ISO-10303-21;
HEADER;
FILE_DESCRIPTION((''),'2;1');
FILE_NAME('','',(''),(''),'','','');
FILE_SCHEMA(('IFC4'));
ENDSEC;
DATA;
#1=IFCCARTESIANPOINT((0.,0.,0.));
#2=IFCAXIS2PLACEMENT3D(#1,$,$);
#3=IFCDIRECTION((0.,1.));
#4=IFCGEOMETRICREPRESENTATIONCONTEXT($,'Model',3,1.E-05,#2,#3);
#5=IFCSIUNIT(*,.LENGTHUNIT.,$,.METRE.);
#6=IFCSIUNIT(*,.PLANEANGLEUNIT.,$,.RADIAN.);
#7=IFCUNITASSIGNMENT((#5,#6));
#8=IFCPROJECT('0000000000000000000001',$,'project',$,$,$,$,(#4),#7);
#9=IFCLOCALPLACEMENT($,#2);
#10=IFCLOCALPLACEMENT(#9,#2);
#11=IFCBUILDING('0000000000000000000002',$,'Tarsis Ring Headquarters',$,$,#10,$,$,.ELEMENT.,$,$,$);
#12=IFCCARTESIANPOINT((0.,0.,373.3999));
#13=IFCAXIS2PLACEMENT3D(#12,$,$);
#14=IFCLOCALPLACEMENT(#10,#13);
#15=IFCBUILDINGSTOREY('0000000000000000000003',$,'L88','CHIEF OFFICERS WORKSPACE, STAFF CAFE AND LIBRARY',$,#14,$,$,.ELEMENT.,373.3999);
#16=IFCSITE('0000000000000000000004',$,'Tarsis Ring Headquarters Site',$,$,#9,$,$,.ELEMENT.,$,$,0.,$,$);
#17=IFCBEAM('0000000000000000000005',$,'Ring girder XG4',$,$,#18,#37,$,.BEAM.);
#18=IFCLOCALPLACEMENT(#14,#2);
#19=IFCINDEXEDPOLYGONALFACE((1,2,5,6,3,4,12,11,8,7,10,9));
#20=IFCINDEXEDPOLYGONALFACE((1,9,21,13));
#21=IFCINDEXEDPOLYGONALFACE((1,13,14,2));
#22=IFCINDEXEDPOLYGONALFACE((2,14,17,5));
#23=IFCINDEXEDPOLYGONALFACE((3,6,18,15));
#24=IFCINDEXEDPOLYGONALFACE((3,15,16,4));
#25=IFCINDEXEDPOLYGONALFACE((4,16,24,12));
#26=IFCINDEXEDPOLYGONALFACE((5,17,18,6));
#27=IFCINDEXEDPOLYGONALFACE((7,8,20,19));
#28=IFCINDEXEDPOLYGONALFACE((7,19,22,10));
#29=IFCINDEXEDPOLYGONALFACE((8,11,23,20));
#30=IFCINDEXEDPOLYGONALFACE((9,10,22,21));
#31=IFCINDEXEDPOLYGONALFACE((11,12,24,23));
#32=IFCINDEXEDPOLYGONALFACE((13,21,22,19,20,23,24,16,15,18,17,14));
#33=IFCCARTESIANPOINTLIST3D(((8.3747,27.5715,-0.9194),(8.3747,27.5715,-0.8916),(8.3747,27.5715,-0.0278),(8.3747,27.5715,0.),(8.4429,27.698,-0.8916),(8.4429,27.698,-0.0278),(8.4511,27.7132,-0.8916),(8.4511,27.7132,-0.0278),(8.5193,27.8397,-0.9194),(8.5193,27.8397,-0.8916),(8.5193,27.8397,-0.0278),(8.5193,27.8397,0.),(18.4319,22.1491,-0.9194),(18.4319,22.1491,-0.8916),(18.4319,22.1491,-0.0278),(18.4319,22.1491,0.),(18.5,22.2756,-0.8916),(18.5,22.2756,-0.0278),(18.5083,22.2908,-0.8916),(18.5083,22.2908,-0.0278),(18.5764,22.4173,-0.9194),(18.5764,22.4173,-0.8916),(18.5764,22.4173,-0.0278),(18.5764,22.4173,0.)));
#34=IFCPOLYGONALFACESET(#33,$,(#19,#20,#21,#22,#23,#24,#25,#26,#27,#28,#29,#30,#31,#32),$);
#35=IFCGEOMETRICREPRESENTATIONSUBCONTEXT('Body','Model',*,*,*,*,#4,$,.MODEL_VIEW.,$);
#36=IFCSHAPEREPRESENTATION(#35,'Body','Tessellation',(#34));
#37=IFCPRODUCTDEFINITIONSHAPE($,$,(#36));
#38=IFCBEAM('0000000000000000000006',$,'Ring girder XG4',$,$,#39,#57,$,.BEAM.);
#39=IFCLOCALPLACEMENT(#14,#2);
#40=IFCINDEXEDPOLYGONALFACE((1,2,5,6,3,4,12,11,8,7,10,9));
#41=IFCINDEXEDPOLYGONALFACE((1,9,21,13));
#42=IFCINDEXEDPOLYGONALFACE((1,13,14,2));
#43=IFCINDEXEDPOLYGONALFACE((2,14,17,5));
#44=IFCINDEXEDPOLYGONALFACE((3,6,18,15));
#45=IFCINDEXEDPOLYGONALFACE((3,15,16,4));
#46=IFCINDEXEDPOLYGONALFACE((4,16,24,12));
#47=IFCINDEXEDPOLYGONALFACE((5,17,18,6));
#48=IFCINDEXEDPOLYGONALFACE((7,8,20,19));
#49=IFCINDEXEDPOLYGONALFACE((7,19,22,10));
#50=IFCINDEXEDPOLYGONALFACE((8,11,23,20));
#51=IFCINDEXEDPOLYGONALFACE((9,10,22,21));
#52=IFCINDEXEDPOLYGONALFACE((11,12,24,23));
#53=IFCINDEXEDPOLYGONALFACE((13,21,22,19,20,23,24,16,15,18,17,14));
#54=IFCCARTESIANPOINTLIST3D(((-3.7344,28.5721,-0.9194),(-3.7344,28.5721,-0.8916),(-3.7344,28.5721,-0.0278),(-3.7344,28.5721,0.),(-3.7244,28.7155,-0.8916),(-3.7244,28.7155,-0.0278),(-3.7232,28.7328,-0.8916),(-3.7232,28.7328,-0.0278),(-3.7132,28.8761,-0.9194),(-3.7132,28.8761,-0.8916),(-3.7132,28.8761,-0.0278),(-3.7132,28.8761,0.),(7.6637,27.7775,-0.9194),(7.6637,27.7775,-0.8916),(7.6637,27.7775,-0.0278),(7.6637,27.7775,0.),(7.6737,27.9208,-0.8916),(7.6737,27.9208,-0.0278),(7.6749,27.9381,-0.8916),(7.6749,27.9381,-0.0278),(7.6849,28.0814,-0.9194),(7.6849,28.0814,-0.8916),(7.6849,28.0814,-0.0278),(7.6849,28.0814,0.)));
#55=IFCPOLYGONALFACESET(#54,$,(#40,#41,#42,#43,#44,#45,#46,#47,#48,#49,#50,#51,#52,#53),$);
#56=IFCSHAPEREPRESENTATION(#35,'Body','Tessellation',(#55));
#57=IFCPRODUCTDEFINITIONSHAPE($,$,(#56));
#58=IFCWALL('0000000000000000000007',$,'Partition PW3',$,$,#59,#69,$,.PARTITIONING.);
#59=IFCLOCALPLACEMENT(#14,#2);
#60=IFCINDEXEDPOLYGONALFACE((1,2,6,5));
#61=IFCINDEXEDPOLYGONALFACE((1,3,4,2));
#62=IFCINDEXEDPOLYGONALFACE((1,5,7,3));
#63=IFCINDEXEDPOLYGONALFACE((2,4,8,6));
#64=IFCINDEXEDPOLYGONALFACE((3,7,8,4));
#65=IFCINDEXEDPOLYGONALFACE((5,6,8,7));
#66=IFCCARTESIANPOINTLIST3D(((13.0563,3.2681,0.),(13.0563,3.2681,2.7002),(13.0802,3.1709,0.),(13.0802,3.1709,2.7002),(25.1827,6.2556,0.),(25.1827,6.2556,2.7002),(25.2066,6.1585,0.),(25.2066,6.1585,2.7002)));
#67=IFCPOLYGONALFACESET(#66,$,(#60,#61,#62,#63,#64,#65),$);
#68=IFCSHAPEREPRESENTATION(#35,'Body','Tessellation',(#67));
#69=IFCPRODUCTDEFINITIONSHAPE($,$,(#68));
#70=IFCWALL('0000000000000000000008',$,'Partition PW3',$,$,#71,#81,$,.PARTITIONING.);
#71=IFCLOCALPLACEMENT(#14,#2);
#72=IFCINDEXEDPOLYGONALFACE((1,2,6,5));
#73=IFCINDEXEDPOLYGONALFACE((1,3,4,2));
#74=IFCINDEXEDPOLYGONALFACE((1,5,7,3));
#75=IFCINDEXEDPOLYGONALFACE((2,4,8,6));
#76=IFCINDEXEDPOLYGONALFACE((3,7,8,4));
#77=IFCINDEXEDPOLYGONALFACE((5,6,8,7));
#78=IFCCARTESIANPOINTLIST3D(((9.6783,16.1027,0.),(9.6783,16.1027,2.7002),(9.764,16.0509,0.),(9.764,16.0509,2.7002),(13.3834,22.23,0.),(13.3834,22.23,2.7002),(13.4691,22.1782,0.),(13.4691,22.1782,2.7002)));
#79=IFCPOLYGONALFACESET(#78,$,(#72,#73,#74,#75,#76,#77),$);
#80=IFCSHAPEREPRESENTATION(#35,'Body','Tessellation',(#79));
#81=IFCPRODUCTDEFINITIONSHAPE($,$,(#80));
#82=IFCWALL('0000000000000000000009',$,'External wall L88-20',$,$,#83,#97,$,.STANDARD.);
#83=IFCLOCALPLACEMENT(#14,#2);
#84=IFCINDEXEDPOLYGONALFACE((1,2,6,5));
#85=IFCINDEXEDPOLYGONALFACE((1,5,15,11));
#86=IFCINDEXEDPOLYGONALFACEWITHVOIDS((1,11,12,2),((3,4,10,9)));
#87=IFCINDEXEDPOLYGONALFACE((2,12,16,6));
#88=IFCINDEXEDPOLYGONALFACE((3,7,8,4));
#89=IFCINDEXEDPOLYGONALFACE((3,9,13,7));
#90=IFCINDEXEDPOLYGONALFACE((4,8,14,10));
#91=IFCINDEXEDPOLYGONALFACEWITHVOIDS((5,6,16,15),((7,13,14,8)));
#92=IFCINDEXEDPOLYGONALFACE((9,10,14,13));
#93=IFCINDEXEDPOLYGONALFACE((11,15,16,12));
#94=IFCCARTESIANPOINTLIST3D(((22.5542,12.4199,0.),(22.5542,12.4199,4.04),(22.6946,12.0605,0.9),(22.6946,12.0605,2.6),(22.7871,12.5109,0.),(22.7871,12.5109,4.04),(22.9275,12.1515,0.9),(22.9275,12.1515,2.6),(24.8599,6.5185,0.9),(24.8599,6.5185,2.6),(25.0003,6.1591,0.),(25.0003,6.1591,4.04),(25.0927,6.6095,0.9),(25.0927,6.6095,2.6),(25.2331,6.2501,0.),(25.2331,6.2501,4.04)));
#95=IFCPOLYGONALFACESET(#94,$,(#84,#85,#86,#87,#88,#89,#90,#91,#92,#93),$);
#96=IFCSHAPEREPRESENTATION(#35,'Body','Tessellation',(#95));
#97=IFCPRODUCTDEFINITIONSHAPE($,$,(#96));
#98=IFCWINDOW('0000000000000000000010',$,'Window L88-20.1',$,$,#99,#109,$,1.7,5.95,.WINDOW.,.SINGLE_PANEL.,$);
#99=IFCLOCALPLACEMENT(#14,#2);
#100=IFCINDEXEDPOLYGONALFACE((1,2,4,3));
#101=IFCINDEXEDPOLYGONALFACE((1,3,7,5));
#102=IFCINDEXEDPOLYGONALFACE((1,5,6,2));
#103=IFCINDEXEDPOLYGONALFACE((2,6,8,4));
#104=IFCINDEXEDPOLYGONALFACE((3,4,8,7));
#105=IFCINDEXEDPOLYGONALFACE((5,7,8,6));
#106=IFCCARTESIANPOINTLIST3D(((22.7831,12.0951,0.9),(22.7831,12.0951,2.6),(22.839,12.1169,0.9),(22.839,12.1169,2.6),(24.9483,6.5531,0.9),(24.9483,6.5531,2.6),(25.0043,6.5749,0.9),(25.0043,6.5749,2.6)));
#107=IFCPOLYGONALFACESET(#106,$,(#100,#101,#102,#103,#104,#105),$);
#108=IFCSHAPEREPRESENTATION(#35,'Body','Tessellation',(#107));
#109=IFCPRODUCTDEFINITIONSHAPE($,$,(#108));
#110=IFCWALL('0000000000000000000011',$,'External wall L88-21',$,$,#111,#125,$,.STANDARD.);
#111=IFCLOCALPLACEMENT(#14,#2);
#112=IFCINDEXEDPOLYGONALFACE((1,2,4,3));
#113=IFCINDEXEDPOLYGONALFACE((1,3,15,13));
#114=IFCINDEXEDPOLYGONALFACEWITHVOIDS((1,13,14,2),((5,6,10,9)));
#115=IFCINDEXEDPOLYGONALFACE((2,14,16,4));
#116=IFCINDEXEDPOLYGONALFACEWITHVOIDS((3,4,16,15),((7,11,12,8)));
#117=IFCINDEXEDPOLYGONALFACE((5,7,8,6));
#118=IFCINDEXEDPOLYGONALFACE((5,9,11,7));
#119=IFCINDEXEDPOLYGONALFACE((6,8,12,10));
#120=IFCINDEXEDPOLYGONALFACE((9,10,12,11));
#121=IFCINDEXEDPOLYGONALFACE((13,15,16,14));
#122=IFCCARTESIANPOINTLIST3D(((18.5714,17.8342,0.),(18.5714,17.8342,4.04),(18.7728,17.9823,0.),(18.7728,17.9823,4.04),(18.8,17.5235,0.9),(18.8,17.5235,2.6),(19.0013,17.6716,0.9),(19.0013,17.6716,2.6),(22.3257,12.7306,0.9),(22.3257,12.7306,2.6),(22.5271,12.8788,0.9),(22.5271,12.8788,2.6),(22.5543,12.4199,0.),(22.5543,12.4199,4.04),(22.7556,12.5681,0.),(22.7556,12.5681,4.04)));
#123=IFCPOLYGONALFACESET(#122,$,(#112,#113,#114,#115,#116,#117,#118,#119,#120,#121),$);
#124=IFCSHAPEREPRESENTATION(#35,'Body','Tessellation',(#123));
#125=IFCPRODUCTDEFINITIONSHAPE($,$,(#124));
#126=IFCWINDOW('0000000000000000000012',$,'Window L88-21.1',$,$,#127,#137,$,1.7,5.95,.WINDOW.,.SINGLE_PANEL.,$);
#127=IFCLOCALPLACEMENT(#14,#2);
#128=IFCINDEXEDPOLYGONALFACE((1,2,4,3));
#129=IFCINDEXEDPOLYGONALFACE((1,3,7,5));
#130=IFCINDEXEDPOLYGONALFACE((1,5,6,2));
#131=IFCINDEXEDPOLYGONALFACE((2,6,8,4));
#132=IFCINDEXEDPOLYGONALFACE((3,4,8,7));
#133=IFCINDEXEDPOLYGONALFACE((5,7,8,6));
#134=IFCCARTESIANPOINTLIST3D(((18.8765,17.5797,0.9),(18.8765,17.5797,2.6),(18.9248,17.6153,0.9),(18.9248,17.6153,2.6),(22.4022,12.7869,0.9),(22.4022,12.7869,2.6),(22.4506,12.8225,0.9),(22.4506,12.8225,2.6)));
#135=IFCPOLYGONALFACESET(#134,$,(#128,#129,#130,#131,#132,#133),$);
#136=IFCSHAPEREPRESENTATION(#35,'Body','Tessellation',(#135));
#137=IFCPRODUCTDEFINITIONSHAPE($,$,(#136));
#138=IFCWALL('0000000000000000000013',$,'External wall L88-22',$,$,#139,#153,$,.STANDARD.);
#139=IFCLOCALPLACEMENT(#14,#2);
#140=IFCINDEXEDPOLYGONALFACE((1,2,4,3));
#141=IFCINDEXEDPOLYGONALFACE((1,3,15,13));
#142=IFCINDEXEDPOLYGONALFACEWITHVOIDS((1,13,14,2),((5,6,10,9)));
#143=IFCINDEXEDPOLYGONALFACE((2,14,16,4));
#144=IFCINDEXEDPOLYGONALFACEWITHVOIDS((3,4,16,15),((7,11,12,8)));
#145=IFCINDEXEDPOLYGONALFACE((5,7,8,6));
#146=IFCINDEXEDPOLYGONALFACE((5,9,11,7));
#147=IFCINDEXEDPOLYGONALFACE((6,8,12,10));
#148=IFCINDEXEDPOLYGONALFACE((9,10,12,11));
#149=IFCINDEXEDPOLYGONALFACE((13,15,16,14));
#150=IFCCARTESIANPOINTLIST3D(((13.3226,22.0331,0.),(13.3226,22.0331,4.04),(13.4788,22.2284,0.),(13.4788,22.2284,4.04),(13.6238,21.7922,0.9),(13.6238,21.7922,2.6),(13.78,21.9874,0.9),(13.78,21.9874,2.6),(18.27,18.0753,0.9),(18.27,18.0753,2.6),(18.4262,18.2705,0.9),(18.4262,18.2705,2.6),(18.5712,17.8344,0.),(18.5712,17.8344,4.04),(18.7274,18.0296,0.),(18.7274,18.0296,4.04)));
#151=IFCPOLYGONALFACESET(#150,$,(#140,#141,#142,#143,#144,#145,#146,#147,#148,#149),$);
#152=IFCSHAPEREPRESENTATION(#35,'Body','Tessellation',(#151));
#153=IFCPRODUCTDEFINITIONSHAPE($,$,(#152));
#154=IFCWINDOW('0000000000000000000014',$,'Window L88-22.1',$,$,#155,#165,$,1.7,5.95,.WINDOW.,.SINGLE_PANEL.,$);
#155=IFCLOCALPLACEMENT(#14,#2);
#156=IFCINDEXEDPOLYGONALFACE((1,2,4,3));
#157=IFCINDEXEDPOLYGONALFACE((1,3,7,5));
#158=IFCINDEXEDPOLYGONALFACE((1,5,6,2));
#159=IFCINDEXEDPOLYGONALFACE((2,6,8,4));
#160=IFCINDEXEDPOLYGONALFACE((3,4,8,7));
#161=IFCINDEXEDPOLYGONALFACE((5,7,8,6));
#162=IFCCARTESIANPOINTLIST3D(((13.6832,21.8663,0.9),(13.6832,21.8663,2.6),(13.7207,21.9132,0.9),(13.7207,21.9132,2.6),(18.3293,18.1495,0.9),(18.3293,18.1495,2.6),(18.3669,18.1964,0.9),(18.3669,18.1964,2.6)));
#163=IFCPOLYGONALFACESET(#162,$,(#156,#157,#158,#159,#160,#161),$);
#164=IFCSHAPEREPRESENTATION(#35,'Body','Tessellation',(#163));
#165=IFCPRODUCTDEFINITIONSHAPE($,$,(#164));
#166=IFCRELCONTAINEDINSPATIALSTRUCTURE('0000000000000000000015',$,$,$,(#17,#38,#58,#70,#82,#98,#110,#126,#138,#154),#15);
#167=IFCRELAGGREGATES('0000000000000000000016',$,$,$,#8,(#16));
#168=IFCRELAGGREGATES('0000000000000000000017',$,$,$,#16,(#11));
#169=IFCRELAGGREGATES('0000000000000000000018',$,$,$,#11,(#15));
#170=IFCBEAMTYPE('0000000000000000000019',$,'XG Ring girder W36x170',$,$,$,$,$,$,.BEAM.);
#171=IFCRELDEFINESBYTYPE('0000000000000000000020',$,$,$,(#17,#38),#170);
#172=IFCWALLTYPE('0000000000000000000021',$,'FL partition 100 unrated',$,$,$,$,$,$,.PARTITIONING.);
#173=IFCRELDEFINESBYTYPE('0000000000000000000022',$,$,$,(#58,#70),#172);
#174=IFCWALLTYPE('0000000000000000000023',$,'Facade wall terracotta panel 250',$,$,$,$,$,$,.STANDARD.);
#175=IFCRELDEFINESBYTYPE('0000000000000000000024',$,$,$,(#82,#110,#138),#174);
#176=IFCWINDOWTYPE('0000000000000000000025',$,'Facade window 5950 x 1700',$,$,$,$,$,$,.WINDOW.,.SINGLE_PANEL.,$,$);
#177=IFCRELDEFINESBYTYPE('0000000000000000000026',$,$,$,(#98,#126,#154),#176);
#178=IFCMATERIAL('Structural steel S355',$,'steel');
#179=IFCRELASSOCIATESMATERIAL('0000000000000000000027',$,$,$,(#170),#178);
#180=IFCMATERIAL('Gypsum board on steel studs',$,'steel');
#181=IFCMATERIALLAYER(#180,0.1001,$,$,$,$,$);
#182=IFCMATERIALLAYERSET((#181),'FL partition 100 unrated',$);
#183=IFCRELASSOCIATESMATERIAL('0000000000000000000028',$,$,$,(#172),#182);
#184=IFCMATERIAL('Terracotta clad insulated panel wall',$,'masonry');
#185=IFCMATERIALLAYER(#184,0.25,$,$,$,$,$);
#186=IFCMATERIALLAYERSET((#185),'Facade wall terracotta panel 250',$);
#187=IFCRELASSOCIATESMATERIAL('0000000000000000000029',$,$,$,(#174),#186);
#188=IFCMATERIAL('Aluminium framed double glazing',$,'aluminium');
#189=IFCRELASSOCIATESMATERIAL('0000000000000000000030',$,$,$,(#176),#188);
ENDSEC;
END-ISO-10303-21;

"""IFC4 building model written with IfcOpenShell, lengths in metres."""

from ifc_helpers import new_model, si_unit, direction, frame, frame_2d, origin, origin_2d, place, context, subcontext, project, spatial, rectangle, i_section, extrude, material, layer, layer_set, material_profile, profile_set, type_object, element, fill, save


model = new_model("IFC4")

# Units and contexts
model_context = context("Model", 3, precision=1e-05, world=origin(), true_north=direction((0.0, 1.0)))
body_context = subcontext(model_context, "Body", "Model", "MODEL_VIEW")
ifc_project = project(units=[si_unit("LENGTHUNIT", "METRE"), si_unit("PLANEANGLEUNIT", "RADIAN")], contexts=[model_context])

# Site, building, storey
site_placement = place(None, origin())
site = spatial("IfcSite", under=ifc_project, at=site_placement, Name="Tarsis Ring Headquarters Site", CompositionType="ELEMENT", RefElevation=0.0)
building_placement = place(site_placement, origin())
building = spatial("IfcBuilding", under=site, at=building_placement, Name="Tarsis Ring Headquarters", CompositionType="ELEMENT")
storey_placement = place(building_placement, frame((0.0, 0.0, 373.3999)))
storey = spatial("IfcBuildingStorey", under=building, at=storey_placement, Name="L88", Description="CHIEF OFFICERS WORKSPACE, STAFF CAFE AND LIBRARY", CompositionType="ELEMENT", Elevation=373.3999)

# Shared definitions
ifc_material_1 = material(Name="Structural steel S355", Category="steel")

# Beams
ifc_material_profile_1 = material_profile(ifc_material_1, i_section(OverallWidth=0.3047, OverallDepth=0.9194, WebThickness=0.0173, FlangeThickness=0.0278, at=origin_2d()), Name="W36x170")
ifc_profile_set_1 = profile_set([ifc_material_profile_1], Name="Structural steel S355")
beam_type_1 = type_object("IfcBeamType", Name="XG Ring girder W36x170", PredefinedType="BEAM", material=ifc_profile_set_1)
for number, where, z_axis, x_axis, name in (
    (1, (18.5042, 22.2832, -0.4597), (-0.880216, 0.474574, 0.0), (-0.474574, -0.880216, 0.0), "Ring girder XG4"),
    (2, (7.6743, 27.9294, -0.4597), (-0.997578, 0.069551, 0.0), (-0.069551, -0.997578, 0.0), "Ring girder XG4"),
):
    element("IfcBeam", number, at=place(storey_placement, frame(where, z_axis=z_axis, x_axis=x_axis)), inside=storey, type_object=beam_type_1, Name=name, PredefinedType="BEAM", context=body_context, shape_type="SweptSolid", body=[
        extrude(i_section(OverallWidth=0.3047, OverallDepth=0.9194, WebThickness=0.0173, FlangeThickness=0.0278, at=origin_2d()), origin(), (0.0, 0.0, 1.0), 11.4258),
    ])

# Walls
ifc_material_2 = material(Name="Gypsum board on steel studs", Category="steel")
ifc_layer_1 = layer(ifc_material_2, 0.1001)
ifc_layer_set_1 = layer_set([ifc_layer_1], Name="FL partition 100 unrated")
wall_type_1 = type_object("IfcWallType", Name="FL partition 100 unrated", PredefinedType="PARTITIONING", material=ifc_layer_set_1)
wall_1_placement = place(storey_placement, frame((13.0681, 3.2195, 0.0), z_axis=(0.0, 0.0, 1.0), x_axis=(0.970967, 0.239213, 0.0)))
element("IfcWall", 3, at=wall_1_placement, inside=storey, type_object=wall_type_1, Name="Partition PW3", PredefinedType="PARTITIONING", context=body_context, shape_type="SweptSolid", body=[
    extrude(rectangle(XDim=12.489, YDim=0.1001, at=frame_2d((6.2446, 0.0))), origin(), (0.0, 0.0, 1.0), 2.7002),
])
wall_2_placement = place(storey_placement, frame((9.7212, 16.0769, 0.0), z_axis=(0.0, 0.0, 1.0), x_axis=(0.517446, 0.855716, 0.0)))
element("IfcWall", 4, at=wall_2_placement, inside=storey, type_object=wall_type_1, Name="Partition PW3", PredefinedType="PARTITIONING", context=body_context, shape_type="SweptSolid", body=[
    extrude(rectangle(XDim=7.1604, YDim=0.1001, at=frame_2d((3.5801, 0.0))), origin(), (0.0, 0.0, 1.0), 2.7002),
])

# Walls, openings, windows
ifc_material_3 = material(Name="Terracotta clad insulated panel wall", Category="masonry")
ifc_layer_2 = layer(ifc_material_3, 0.25)
ifc_layer_set_2 = layer_set([ifc_layer_2], Name="Facade wall terracotta panel 250")
wall_type_2 = type_object("IfcWallType", Name="Facade wall terracotta panel 250", PredefinedType="STANDARD", material=ifc_layer_set_2)
wall_3_placement = place(storey_placement, frame((25.1167, 6.2046, 0.0), z_axis=(0.0, 0.0, 1.0), x_axis=(-0.363908, 0.931435, 0.0)))
wall_3 = element("IfcWall", 5, at=wall_3_placement, inside=storey, type_object=wall_type_2, Name="External wall L88-20", PredefinedType="STANDARD", context=body_context, shape_type="SweptSolid", body=[
    extrude(rectangle(XDim=6.7217, YDim=0.25, at=frame_2d((3.3608, 0.0))), origin(), (0.0, 0.0, 1.0), 4.04),
])
opening_1_placement = place(wall_3_placement, frame((0.3857, 0.0, 0.8999)))
opening_1 = element("IfcOpeningElement", 6, at=opening_1_placement, cuts=wall_3, PredefinedType="OPENING", context=body_context, shape_type="SweptSolid", body=[
    extrude(rectangle(XDim=5.95, YDim=1.7, at=frame_2d((2.9751, 0.8501))), frame((0.0, 0.135, 0.0), z_axis=(0.0, -1.0, 0.0), x_axis=(1.0, 0.0, 0.0)), (0.0, 0.0, 1.0), 0.27),
])
ifc_material_4 = material(Name="Aluminium framed double glazing", Category="aluminium")
window_type = type_object("IfcWindowType", Name="Facade window 5950 x 1700", PartitioningType="SINGLE_PANEL", PredefinedType="WINDOW", material=ifc_material_4)
window_1_placement = place(opening_1_placement, origin())
window_1 = element("IfcWindow", 7, at=window_1_placement, inside=storey, type_object=window_type, Name="Window L88-20.1", OverallHeight=1.7, OverallWidth=5.95, PartitioningType="SINGLE_PANEL", PredefinedType="WINDOW", context=body_context, shape_type="SweptSolid", body=[
    extrude(rectangle(XDim=5.95, YDim=1.7, at=frame_2d((2.9751, 0.8501))), frame((0.0, 0.03, 0.0), z_axis=(0.0, -1.0, 0.0), x_axis=(1.0, 0.0, 0.0)), (0.0, 0.0, 1.0), 0.0601),
])
fill(opening_1, window_1)
wall_4_placement = place(storey_placement, frame((22.655, 12.4939, 0.0), z_axis=(0.0, 0.0, 1.0), x_axis=(-0.592564, 0.805523, 0.0)))
wall_4 = element("IfcWall", 8, at=wall_4_placement, inside=storey, type_object=wall_type_2, Name="External wall L88-21", PredefinedType="STANDARD", context=body_context, shape_type="SweptSolid", body=[
    extrude(rectangle(XDim=6.7214, YDim=0.25, at=frame_2d((3.3608, 0.0))), origin(), (0.0, 0.0, 1.0), 4.04),
])
opening_2_placement = place(wall_4_placement, frame((0.3857, 0.0, 0.8999)))
opening_2 = element("IfcOpeningElement", 9, at=opening_2_placement, cuts=wall_4, PredefinedType="OPENING", context=body_context, shape_type="SweptSolid", body=[
    extrude(rectangle(XDim=5.95, YDim=1.7, at=frame_2d((2.9751, 0.8501))), frame((0.0, 0.135, 0.0), z_axis=(0.0, -1.0, 0.0), x_axis=(1.0, 0.0, 0.0)), (0.0, 0.0, 1.0), 0.27),
])
window_2_placement = place(opening_2_placement, origin())
window_2 = element("IfcWindow", 10, at=window_2_placement, inside=storey, type_object=window_type, Name="Window L88-21.1", OverallHeight=1.7, OverallWidth=5.95, PartitioningType="SINGLE_PANEL", PredefinedType="WINDOW", context=body_context, shape_type="SweptSolid", body=[
    extrude(rectangle(XDim=5.95, YDim=1.7, at=frame_2d((2.9751, 0.8501))), frame((0.0, 0.03, 0.0), z_axis=(0.0, -1.0, 0.0), x_axis=(1.0, 0.0, 0.0)), (0.0, 0.0, 1.0), 0.0601),
])
fill(opening_2, window_2)
wall_5_placement = place(storey_placement, frame((18.6494, 17.9319, 0.0), z_axis=(0.0, 0.0, 1.0), x_axis=(-0.780876, 0.624686, 0.0)))
wall_5 = element("IfcWall", 11, at=wall_5_placement, inside=storey, type_object=wall_type_2, Name="External wall L88-22", PredefinedType="STANDARD", context=body_context, shape_type="SweptSolid", body=[
    extrude(rectangle(XDim=6.7214, YDim=0.25, at=frame_2d((3.3608, 0.0))), origin(), (0.0, 0.0, 1.0), 4.04),
])
opening_3_placement = place(wall_5_placement, frame((0.3857, 0.0, 0.8999)))
opening_3 = element("IfcOpeningElement", 12, at=opening_3_placement, cuts=wall_5, PredefinedType="OPENING", context=body_context, shape_type="SweptSolid", body=[
    extrude(rectangle(XDim=5.95, YDim=1.7, at=frame_2d((2.9751, 0.8501))), frame((0.0, 0.135, 0.0), z_axis=(0.0, -1.0, 0.0), x_axis=(1.0, 0.0, 0.0)), (0.0, 0.0, 1.0), 0.27),
])
window_3_placement = place(opening_3_placement, origin())
window_3 = element("IfcWindow", 13, at=window_3_placement, inside=storey, type_object=window_type, Name="Window L88-22.1", OverallHeight=1.7, OverallWidth=5.95, PartitioningType="SINGLE_PANEL", PredefinedType="WINDOW", context=body_context, shape_type="SweptSolid", body=[
    extrude(rectangle(XDim=5.95, YDim=1.7, at=frame_2d((2.9751, 0.8501))), frame((0.0, 0.03, 0.0), z_axis=(0.0, -1.0, 0.0), x_axis=(1.0, 0.0, 0.0)), (0.0, 0.0, 1.0), 0.0601),
])
fill(opening_3, window_3)

save(model, "model.ifc")
